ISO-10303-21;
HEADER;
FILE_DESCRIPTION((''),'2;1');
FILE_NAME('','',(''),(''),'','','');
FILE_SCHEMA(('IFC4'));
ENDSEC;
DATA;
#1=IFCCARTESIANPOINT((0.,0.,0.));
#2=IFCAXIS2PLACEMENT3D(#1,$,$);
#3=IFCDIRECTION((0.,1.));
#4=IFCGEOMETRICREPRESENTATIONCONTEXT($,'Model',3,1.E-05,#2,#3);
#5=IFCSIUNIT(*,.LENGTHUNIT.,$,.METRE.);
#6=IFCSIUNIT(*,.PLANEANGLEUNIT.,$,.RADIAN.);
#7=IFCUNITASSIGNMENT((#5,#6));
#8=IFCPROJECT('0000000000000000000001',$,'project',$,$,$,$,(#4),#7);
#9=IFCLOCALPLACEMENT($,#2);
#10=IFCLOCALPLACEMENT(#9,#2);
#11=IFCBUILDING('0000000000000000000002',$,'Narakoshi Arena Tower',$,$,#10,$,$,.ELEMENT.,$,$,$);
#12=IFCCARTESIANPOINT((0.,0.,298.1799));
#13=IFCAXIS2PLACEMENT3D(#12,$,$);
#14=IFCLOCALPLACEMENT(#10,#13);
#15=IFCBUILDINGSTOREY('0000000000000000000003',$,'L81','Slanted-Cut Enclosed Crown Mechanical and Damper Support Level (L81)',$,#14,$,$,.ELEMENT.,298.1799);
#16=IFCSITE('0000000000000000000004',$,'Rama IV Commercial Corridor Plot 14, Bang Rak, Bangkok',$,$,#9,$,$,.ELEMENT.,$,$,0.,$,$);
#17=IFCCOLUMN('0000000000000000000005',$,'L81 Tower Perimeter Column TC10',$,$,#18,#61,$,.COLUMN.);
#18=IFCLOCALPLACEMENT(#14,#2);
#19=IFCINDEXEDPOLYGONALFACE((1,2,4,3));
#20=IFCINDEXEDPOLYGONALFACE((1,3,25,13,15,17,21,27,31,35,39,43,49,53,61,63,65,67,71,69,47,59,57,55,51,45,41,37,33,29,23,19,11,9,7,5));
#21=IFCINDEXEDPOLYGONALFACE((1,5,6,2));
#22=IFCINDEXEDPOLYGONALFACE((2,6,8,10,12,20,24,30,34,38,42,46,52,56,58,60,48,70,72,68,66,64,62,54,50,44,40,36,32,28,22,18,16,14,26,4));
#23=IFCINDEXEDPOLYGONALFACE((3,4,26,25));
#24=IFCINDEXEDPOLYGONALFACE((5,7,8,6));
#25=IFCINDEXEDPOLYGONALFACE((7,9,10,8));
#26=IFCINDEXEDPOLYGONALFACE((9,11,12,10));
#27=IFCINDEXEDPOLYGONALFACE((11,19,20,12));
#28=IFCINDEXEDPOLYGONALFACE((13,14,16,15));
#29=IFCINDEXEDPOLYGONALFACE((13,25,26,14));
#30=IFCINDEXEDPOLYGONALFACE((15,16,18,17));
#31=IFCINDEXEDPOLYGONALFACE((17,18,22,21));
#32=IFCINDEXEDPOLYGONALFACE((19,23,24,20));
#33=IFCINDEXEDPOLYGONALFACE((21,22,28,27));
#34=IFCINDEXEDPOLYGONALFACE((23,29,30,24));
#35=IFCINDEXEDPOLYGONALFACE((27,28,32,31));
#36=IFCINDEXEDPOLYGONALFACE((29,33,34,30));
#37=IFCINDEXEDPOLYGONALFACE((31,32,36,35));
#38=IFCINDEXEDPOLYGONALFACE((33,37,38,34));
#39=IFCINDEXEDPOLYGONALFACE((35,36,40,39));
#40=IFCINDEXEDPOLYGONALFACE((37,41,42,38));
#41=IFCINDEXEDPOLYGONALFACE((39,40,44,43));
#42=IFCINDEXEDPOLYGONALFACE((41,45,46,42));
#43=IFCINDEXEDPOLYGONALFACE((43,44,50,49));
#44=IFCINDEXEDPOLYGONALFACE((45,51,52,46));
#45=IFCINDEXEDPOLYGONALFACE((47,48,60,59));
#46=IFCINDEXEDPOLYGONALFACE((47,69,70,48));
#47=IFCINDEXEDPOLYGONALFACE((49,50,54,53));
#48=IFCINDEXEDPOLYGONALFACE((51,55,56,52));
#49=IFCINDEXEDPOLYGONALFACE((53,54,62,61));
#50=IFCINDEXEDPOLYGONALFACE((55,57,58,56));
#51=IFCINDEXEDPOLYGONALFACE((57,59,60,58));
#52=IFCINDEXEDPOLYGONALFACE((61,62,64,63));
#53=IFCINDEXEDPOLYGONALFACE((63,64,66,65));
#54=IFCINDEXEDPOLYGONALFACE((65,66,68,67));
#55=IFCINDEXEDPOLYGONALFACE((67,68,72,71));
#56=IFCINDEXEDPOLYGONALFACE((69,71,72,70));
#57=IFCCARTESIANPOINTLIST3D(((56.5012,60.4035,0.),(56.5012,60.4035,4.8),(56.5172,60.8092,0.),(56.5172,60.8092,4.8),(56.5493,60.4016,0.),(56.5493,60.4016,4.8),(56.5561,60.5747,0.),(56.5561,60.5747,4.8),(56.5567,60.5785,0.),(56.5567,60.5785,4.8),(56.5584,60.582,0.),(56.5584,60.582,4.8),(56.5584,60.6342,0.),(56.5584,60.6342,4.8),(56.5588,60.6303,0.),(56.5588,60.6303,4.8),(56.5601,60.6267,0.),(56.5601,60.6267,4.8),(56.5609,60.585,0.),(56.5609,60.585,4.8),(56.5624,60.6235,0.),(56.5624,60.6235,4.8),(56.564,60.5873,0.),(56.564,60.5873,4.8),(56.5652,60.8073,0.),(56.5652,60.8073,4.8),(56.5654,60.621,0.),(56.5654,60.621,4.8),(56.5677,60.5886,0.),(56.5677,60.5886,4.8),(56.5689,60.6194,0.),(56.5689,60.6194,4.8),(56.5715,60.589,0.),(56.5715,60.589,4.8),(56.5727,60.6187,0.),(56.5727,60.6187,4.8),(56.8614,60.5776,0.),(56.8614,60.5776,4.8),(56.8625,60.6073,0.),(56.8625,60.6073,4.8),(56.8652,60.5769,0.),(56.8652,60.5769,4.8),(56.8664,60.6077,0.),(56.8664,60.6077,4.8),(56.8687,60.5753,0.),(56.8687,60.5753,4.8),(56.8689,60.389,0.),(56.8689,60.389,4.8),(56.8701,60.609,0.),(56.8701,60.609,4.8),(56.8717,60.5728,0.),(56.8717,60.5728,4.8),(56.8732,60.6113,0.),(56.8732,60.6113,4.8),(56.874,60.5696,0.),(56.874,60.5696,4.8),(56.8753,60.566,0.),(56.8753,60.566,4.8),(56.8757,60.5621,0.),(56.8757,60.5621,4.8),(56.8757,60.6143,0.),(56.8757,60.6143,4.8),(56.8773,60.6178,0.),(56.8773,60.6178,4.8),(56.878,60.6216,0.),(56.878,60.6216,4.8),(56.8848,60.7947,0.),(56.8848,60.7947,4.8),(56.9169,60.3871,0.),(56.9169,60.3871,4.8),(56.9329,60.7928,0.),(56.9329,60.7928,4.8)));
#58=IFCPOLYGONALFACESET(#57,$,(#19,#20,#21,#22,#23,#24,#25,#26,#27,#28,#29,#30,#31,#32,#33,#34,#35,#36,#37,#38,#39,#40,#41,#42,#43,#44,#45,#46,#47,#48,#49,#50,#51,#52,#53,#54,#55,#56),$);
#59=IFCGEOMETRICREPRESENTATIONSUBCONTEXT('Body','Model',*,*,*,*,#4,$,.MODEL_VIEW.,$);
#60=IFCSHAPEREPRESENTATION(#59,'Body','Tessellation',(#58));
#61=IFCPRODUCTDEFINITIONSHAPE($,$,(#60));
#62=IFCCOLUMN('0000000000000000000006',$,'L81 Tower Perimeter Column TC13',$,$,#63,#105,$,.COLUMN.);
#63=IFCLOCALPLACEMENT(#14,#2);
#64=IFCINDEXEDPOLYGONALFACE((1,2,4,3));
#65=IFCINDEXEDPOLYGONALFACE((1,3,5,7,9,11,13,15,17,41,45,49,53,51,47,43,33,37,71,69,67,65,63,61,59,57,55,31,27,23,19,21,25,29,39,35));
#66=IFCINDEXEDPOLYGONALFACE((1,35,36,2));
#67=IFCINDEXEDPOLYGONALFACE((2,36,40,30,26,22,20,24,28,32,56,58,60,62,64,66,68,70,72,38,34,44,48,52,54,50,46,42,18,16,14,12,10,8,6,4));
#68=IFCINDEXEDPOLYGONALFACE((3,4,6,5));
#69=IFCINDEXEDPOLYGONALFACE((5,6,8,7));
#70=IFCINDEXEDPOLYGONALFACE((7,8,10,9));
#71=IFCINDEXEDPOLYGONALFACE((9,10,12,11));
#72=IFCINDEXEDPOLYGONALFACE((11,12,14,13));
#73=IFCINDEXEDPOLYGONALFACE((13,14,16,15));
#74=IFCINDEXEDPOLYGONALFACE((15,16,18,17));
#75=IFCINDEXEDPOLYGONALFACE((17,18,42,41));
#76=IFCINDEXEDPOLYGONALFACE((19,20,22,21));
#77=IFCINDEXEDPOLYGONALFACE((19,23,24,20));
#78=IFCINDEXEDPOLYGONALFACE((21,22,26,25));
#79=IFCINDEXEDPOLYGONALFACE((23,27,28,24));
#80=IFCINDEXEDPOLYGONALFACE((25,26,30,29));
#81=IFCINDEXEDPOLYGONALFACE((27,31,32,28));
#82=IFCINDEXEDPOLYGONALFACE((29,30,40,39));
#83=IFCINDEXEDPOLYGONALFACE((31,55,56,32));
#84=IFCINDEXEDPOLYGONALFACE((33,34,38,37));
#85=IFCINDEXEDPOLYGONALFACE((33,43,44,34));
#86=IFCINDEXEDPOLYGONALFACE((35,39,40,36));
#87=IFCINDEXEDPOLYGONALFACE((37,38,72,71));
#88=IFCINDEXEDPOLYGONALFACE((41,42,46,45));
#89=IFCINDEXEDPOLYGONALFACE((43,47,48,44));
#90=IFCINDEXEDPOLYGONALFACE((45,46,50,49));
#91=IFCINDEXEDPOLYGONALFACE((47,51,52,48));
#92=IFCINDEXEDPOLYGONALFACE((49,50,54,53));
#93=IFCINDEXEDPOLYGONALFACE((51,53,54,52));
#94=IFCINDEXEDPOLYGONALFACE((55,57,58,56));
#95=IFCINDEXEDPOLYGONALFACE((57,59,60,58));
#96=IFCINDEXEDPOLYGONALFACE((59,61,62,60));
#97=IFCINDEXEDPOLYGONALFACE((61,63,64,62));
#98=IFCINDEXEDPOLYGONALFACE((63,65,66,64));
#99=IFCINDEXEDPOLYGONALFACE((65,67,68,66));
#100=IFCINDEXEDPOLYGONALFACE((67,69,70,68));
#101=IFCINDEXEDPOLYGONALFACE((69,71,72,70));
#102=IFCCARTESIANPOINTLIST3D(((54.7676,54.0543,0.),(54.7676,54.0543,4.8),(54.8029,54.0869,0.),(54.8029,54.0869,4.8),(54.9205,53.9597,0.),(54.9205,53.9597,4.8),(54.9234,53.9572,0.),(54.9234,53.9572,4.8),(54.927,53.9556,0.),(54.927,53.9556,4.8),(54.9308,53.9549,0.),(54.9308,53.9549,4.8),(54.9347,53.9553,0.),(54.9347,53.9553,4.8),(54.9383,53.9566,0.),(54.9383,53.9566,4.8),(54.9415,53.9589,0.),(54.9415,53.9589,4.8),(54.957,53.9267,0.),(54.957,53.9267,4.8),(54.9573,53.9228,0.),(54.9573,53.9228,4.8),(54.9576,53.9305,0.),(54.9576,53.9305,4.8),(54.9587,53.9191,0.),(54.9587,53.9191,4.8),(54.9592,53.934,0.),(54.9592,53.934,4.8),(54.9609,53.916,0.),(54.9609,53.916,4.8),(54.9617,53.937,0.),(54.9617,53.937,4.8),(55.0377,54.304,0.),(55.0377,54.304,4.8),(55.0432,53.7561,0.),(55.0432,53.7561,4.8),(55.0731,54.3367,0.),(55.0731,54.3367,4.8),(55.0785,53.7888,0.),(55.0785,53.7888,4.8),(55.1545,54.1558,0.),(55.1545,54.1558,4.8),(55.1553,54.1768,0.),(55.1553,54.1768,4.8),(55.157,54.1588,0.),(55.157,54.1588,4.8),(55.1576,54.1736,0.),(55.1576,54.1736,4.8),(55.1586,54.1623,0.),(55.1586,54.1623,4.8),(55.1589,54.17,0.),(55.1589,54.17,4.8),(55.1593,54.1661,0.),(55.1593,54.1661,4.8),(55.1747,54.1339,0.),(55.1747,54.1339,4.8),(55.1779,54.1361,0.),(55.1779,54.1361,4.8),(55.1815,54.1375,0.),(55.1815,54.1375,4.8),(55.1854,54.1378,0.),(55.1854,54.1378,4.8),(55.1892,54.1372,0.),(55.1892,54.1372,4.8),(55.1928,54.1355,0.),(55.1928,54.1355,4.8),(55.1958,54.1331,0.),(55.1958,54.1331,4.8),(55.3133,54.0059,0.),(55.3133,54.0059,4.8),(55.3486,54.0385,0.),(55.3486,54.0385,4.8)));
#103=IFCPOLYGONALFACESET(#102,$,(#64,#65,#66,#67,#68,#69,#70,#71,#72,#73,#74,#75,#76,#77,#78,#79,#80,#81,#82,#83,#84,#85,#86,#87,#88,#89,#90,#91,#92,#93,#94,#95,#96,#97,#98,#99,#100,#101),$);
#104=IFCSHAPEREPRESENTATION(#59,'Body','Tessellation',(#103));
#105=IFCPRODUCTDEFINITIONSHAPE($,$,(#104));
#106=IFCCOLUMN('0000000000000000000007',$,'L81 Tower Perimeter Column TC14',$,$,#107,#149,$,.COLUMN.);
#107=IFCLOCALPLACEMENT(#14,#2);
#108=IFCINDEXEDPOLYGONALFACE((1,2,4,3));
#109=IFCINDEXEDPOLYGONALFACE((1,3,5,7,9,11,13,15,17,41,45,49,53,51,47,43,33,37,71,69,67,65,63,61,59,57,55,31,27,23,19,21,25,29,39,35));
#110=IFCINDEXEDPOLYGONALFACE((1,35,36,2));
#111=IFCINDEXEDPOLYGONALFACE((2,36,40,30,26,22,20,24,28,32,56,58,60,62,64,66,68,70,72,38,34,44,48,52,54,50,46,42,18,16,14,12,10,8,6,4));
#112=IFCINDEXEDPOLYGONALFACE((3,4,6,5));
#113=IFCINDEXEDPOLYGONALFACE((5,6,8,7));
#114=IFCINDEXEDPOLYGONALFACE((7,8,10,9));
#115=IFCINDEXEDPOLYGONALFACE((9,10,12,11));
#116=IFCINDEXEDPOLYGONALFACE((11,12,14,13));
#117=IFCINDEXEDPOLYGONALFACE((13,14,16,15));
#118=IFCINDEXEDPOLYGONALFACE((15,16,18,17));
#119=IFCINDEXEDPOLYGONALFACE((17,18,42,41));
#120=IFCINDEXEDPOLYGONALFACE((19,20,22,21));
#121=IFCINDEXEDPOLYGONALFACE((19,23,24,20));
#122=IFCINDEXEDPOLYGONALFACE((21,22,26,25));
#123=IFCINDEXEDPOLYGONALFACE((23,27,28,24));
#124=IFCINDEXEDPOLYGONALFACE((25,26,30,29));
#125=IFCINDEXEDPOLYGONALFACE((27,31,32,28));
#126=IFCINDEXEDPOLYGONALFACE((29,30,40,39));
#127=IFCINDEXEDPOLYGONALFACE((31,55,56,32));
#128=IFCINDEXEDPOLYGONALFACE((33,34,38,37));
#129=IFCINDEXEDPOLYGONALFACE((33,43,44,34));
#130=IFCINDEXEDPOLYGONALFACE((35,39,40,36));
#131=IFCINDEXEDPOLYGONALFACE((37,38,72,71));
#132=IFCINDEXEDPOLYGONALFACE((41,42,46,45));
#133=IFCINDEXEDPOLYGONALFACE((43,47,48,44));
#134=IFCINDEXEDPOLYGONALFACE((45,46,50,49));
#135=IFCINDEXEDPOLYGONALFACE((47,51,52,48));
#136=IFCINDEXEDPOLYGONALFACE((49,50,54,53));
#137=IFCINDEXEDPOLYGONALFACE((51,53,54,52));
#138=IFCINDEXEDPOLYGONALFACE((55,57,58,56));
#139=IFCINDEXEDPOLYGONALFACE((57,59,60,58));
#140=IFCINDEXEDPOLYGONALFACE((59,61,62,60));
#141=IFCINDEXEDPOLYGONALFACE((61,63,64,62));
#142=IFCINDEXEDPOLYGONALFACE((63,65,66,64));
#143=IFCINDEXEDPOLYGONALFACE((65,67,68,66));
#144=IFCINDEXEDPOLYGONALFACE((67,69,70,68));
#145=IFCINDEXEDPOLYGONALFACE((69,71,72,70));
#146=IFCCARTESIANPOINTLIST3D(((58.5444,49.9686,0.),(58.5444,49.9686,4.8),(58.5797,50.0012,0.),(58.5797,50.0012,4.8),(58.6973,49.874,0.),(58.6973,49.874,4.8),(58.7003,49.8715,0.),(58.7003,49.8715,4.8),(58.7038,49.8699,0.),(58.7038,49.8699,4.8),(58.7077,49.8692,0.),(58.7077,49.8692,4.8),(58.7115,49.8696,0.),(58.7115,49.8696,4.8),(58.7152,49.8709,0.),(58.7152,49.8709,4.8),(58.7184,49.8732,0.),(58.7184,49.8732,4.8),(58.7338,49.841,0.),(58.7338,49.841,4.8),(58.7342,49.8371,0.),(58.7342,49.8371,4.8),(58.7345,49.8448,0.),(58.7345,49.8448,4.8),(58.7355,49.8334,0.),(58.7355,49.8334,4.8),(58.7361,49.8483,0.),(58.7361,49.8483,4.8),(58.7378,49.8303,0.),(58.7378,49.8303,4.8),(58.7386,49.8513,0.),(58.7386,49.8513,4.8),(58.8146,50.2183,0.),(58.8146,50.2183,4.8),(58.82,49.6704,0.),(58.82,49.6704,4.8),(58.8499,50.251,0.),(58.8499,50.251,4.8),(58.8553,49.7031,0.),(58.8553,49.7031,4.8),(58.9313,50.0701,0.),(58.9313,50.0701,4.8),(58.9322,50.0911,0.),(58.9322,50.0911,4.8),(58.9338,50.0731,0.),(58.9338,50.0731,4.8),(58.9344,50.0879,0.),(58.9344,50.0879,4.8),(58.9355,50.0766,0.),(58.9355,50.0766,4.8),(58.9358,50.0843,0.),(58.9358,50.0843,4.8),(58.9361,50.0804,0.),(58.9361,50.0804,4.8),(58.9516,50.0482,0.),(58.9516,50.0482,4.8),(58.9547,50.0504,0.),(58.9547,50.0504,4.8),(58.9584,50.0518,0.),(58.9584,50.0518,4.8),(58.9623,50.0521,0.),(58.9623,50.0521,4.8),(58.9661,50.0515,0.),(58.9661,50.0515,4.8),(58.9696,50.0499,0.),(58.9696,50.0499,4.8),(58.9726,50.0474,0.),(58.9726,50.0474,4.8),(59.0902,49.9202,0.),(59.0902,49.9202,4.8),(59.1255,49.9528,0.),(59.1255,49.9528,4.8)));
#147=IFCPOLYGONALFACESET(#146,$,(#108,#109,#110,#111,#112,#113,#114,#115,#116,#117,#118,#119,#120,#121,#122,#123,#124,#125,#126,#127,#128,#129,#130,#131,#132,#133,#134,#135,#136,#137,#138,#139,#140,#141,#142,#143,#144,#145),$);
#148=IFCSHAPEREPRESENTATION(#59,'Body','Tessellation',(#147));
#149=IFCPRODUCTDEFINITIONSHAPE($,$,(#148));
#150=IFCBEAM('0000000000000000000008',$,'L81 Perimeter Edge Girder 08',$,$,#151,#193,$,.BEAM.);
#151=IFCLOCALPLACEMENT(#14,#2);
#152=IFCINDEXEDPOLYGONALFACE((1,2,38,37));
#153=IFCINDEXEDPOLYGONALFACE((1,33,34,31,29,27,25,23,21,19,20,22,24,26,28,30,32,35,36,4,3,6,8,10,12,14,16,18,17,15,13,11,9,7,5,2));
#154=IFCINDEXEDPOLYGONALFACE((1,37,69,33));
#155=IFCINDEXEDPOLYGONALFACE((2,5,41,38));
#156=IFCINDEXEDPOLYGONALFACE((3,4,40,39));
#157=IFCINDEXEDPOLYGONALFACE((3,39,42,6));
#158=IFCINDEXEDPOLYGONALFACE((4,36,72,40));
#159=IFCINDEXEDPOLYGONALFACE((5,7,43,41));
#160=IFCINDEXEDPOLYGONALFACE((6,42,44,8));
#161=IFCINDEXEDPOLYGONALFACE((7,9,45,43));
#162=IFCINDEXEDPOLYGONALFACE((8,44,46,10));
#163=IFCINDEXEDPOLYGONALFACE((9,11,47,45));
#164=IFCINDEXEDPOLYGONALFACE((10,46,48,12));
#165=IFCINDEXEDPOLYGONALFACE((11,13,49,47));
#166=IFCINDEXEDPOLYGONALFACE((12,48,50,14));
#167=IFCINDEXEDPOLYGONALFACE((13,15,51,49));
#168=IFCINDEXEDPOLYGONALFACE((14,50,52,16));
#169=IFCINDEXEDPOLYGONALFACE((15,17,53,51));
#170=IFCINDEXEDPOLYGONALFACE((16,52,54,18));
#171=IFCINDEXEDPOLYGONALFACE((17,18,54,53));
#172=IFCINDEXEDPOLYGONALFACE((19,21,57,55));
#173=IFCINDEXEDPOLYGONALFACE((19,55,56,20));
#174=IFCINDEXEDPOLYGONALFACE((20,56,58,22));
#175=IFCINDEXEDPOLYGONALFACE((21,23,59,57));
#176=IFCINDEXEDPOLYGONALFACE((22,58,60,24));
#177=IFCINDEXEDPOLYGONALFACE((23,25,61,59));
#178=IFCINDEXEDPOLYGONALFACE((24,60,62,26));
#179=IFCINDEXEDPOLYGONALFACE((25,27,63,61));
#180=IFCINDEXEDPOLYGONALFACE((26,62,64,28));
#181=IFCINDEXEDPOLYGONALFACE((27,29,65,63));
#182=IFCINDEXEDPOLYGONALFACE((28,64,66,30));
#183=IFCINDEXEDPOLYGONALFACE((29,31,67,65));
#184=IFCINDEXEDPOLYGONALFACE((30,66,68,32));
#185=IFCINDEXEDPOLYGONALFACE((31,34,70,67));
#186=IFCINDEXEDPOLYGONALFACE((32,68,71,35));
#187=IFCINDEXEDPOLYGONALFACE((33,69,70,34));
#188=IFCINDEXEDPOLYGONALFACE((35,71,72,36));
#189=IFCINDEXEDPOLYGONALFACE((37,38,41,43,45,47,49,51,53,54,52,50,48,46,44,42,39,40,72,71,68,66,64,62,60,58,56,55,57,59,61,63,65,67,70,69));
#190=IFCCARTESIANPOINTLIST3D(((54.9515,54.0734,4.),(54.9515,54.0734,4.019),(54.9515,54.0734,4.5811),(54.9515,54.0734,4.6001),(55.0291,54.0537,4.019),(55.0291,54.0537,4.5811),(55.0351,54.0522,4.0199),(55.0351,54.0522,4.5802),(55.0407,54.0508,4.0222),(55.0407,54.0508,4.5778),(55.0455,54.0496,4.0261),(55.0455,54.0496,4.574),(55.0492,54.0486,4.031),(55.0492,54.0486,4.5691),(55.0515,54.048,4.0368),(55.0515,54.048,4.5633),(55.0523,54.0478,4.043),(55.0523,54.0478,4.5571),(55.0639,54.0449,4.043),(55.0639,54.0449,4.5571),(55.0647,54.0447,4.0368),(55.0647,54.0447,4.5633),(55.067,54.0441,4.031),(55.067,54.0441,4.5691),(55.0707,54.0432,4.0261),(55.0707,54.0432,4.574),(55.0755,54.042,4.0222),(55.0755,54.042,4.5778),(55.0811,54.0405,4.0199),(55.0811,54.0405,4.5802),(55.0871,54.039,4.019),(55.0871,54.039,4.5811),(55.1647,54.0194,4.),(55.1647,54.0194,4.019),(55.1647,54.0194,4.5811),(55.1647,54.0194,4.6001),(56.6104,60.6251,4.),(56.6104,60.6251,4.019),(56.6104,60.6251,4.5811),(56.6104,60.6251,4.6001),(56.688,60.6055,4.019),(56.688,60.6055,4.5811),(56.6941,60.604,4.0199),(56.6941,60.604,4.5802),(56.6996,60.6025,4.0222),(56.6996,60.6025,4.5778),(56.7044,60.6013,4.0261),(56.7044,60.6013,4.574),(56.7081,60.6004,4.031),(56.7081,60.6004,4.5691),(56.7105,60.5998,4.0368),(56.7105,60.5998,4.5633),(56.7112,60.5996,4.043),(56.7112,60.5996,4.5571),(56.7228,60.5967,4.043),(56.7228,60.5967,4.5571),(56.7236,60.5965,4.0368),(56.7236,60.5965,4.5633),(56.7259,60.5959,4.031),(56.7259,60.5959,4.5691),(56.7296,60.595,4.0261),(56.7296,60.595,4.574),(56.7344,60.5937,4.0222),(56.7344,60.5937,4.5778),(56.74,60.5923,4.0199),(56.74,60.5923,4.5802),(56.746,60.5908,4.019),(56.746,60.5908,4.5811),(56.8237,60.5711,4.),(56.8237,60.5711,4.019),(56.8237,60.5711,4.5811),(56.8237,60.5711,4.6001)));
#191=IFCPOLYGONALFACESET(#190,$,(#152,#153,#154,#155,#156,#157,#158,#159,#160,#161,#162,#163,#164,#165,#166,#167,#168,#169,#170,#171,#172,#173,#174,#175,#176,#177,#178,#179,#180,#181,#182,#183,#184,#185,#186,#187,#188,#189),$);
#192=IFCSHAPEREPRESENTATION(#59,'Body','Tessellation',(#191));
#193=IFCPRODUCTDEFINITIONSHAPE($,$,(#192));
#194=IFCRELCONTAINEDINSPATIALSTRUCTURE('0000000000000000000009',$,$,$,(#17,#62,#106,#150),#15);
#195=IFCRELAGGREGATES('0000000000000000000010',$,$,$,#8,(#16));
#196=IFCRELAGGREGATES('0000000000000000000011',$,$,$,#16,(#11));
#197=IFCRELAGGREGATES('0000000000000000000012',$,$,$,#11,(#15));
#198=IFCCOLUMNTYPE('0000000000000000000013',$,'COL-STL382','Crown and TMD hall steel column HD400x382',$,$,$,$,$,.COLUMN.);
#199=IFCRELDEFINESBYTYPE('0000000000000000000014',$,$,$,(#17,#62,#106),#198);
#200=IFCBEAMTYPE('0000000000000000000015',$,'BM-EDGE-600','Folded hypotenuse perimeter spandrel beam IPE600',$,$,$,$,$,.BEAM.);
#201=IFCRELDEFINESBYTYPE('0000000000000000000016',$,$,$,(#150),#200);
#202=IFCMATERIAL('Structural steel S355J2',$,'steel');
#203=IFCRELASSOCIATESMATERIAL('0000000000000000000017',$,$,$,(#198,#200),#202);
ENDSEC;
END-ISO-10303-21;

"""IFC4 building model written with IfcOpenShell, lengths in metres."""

from ifc_helpers import new_model, si_unit, direction, frame, origin, origin_2d, place, context, subcontext, project, spatial, i_section, extrude, material, material_profile, profile_set, type_object, element, save


model = new_model("IFC4")

# Units and contexts
model_context = context("Model", 3, precision=1e-05, world=origin(), true_north=direction((0.0, 1.0)))
body_context = subcontext(model_context, "Body", "Model", "MODEL_VIEW")
ifc_project = project(units=[si_unit("LENGTHUNIT", "METRE"), si_unit("PLANEANGLEUNIT", "RADIAN")], contexts=[model_context])

# Site, building, storey
site_placement = place(None, origin())
site = spatial("IfcSite", under=ifc_project, at=site_placement, Name="Rama IV Commercial Corridor Plot 14, Bang Rak, Bangkok", CompositionType="ELEMENT", RefElevation=0.0)
building_placement = place(site_placement, origin())
building = spatial("IfcBuilding", under=site, at=building_placement, Name="Narakoshi Arena Tower", CompositionType="ELEMENT")
storey_placement = place(building_placement, frame((0.0, 0.0, 298.1799)))
storey = spatial("IfcBuildingStorey", under=building, at=storey_placement, Name="L81", Description="Slanted-Cut Enclosed Crown Mechanical and Damper Support Level (L81)", CompositionType="ELEMENT", Elevation=298.1799)

# Columns
ifc_material_1 = material(Name="Structural steel S355J2", Category="steel")
ifc_material_profile_1 = material_profile(ifc_material_1, i_section(OverallWidth=0.406, OverallDepth=0.416, WebThickness=0.0298, FlangeThickness=0.0481, FilletRadius=0.0149, at=origin_2d()), Name="HD400x382")
ifc_profile_set_1 = profile_set([ifc_material_profile_1], Name="Structural steel S355J2")
column_type = type_object("IfcColumnType", Name="COL-STL382", Description="Crown and TMD hall steel column HD400x382", PredefinedType="COLUMN", material=ifc_profile_set_1)
for number, where, z_axis, x_axis, name in (
    (1, (56.717, 60.5981, 0.0), (0.0, 0.0, 1.0), (0.03926, 0.999229, 0.0), "L81 Tower Perimeter Column TC10"),
    (2, (55.0581, 54.0464, 0.0), (0.0, 0.0, 1.0), (-0.678801, 0.734323, 0.0), "L81 Tower Perimeter Column TC13"),
    (3, (58.835, 49.9607, 0.0), (0.0, 0.0, 1.0), (-0.678801, 0.734323, 0.0), "L81 Tower Perimeter Column TC14"),
):
    element("IfcColumn", number, at=place(storey_placement, frame(where, z_axis=z_axis, x_axis=x_axis)), inside=storey, type_object=column_type, Name=name, PredefinedType="COLUMN", context=body_context, shape_type="SweptSolid", body=[
        extrude(i_section(OverallWidth=0.406, OverallDepth=0.416, WebThickness=0.0298, FlangeThickness=0.0481, FilletRadius=0.0149, at=origin_2d()), origin(), (0.0, 0.0, 1.0), 4.8),
    ])

# Beam
ifc_material_profile_2 = material_profile(ifc_material_1, i_section(OverallWidth=0.22, OverallDepth=0.6001, WebThickness=0.012, FlangeThickness=0.019, FilletRadius=0.0239, at=origin_2d()), Name="IPE600")
ifc_profile_set_2 = profile_set([ifc_material_profile_2], Name="Structural steel S355J2")
beam_type_1 = type_object("IfcBeamType", Name="BM-EDGE-600", Description="Folded hypotenuse perimeter spandrel beam IPE600", PredefinedType="BEAM", material=ifc_profile_set_2)
beam_1_placement = place(storey_placement, frame((56.717, 60.5981, 4.3), z_axis=(-0.245458, -0.969407, 0.0), x_axis=(0.969407, -0.245458, 0.0)))
element("IfcBeam", 4, at=beam_1_placement, inside=storey, type_object=beam_type_1, Name="L81 Perimeter Edge Girder 08", PredefinedType="BEAM", context=body_context, shape_type="SweptSolid", body=[
    extrude(i_section(OverallWidth=0.22, OverallDepth=0.6001, WebThickness=0.012, FlangeThickness=0.019, FilletRadius=0.0239, at=origin_2d()), origin(), (0.0, 0.0, 1.0), 6.7585),
])

save(model, "model.ifc")
